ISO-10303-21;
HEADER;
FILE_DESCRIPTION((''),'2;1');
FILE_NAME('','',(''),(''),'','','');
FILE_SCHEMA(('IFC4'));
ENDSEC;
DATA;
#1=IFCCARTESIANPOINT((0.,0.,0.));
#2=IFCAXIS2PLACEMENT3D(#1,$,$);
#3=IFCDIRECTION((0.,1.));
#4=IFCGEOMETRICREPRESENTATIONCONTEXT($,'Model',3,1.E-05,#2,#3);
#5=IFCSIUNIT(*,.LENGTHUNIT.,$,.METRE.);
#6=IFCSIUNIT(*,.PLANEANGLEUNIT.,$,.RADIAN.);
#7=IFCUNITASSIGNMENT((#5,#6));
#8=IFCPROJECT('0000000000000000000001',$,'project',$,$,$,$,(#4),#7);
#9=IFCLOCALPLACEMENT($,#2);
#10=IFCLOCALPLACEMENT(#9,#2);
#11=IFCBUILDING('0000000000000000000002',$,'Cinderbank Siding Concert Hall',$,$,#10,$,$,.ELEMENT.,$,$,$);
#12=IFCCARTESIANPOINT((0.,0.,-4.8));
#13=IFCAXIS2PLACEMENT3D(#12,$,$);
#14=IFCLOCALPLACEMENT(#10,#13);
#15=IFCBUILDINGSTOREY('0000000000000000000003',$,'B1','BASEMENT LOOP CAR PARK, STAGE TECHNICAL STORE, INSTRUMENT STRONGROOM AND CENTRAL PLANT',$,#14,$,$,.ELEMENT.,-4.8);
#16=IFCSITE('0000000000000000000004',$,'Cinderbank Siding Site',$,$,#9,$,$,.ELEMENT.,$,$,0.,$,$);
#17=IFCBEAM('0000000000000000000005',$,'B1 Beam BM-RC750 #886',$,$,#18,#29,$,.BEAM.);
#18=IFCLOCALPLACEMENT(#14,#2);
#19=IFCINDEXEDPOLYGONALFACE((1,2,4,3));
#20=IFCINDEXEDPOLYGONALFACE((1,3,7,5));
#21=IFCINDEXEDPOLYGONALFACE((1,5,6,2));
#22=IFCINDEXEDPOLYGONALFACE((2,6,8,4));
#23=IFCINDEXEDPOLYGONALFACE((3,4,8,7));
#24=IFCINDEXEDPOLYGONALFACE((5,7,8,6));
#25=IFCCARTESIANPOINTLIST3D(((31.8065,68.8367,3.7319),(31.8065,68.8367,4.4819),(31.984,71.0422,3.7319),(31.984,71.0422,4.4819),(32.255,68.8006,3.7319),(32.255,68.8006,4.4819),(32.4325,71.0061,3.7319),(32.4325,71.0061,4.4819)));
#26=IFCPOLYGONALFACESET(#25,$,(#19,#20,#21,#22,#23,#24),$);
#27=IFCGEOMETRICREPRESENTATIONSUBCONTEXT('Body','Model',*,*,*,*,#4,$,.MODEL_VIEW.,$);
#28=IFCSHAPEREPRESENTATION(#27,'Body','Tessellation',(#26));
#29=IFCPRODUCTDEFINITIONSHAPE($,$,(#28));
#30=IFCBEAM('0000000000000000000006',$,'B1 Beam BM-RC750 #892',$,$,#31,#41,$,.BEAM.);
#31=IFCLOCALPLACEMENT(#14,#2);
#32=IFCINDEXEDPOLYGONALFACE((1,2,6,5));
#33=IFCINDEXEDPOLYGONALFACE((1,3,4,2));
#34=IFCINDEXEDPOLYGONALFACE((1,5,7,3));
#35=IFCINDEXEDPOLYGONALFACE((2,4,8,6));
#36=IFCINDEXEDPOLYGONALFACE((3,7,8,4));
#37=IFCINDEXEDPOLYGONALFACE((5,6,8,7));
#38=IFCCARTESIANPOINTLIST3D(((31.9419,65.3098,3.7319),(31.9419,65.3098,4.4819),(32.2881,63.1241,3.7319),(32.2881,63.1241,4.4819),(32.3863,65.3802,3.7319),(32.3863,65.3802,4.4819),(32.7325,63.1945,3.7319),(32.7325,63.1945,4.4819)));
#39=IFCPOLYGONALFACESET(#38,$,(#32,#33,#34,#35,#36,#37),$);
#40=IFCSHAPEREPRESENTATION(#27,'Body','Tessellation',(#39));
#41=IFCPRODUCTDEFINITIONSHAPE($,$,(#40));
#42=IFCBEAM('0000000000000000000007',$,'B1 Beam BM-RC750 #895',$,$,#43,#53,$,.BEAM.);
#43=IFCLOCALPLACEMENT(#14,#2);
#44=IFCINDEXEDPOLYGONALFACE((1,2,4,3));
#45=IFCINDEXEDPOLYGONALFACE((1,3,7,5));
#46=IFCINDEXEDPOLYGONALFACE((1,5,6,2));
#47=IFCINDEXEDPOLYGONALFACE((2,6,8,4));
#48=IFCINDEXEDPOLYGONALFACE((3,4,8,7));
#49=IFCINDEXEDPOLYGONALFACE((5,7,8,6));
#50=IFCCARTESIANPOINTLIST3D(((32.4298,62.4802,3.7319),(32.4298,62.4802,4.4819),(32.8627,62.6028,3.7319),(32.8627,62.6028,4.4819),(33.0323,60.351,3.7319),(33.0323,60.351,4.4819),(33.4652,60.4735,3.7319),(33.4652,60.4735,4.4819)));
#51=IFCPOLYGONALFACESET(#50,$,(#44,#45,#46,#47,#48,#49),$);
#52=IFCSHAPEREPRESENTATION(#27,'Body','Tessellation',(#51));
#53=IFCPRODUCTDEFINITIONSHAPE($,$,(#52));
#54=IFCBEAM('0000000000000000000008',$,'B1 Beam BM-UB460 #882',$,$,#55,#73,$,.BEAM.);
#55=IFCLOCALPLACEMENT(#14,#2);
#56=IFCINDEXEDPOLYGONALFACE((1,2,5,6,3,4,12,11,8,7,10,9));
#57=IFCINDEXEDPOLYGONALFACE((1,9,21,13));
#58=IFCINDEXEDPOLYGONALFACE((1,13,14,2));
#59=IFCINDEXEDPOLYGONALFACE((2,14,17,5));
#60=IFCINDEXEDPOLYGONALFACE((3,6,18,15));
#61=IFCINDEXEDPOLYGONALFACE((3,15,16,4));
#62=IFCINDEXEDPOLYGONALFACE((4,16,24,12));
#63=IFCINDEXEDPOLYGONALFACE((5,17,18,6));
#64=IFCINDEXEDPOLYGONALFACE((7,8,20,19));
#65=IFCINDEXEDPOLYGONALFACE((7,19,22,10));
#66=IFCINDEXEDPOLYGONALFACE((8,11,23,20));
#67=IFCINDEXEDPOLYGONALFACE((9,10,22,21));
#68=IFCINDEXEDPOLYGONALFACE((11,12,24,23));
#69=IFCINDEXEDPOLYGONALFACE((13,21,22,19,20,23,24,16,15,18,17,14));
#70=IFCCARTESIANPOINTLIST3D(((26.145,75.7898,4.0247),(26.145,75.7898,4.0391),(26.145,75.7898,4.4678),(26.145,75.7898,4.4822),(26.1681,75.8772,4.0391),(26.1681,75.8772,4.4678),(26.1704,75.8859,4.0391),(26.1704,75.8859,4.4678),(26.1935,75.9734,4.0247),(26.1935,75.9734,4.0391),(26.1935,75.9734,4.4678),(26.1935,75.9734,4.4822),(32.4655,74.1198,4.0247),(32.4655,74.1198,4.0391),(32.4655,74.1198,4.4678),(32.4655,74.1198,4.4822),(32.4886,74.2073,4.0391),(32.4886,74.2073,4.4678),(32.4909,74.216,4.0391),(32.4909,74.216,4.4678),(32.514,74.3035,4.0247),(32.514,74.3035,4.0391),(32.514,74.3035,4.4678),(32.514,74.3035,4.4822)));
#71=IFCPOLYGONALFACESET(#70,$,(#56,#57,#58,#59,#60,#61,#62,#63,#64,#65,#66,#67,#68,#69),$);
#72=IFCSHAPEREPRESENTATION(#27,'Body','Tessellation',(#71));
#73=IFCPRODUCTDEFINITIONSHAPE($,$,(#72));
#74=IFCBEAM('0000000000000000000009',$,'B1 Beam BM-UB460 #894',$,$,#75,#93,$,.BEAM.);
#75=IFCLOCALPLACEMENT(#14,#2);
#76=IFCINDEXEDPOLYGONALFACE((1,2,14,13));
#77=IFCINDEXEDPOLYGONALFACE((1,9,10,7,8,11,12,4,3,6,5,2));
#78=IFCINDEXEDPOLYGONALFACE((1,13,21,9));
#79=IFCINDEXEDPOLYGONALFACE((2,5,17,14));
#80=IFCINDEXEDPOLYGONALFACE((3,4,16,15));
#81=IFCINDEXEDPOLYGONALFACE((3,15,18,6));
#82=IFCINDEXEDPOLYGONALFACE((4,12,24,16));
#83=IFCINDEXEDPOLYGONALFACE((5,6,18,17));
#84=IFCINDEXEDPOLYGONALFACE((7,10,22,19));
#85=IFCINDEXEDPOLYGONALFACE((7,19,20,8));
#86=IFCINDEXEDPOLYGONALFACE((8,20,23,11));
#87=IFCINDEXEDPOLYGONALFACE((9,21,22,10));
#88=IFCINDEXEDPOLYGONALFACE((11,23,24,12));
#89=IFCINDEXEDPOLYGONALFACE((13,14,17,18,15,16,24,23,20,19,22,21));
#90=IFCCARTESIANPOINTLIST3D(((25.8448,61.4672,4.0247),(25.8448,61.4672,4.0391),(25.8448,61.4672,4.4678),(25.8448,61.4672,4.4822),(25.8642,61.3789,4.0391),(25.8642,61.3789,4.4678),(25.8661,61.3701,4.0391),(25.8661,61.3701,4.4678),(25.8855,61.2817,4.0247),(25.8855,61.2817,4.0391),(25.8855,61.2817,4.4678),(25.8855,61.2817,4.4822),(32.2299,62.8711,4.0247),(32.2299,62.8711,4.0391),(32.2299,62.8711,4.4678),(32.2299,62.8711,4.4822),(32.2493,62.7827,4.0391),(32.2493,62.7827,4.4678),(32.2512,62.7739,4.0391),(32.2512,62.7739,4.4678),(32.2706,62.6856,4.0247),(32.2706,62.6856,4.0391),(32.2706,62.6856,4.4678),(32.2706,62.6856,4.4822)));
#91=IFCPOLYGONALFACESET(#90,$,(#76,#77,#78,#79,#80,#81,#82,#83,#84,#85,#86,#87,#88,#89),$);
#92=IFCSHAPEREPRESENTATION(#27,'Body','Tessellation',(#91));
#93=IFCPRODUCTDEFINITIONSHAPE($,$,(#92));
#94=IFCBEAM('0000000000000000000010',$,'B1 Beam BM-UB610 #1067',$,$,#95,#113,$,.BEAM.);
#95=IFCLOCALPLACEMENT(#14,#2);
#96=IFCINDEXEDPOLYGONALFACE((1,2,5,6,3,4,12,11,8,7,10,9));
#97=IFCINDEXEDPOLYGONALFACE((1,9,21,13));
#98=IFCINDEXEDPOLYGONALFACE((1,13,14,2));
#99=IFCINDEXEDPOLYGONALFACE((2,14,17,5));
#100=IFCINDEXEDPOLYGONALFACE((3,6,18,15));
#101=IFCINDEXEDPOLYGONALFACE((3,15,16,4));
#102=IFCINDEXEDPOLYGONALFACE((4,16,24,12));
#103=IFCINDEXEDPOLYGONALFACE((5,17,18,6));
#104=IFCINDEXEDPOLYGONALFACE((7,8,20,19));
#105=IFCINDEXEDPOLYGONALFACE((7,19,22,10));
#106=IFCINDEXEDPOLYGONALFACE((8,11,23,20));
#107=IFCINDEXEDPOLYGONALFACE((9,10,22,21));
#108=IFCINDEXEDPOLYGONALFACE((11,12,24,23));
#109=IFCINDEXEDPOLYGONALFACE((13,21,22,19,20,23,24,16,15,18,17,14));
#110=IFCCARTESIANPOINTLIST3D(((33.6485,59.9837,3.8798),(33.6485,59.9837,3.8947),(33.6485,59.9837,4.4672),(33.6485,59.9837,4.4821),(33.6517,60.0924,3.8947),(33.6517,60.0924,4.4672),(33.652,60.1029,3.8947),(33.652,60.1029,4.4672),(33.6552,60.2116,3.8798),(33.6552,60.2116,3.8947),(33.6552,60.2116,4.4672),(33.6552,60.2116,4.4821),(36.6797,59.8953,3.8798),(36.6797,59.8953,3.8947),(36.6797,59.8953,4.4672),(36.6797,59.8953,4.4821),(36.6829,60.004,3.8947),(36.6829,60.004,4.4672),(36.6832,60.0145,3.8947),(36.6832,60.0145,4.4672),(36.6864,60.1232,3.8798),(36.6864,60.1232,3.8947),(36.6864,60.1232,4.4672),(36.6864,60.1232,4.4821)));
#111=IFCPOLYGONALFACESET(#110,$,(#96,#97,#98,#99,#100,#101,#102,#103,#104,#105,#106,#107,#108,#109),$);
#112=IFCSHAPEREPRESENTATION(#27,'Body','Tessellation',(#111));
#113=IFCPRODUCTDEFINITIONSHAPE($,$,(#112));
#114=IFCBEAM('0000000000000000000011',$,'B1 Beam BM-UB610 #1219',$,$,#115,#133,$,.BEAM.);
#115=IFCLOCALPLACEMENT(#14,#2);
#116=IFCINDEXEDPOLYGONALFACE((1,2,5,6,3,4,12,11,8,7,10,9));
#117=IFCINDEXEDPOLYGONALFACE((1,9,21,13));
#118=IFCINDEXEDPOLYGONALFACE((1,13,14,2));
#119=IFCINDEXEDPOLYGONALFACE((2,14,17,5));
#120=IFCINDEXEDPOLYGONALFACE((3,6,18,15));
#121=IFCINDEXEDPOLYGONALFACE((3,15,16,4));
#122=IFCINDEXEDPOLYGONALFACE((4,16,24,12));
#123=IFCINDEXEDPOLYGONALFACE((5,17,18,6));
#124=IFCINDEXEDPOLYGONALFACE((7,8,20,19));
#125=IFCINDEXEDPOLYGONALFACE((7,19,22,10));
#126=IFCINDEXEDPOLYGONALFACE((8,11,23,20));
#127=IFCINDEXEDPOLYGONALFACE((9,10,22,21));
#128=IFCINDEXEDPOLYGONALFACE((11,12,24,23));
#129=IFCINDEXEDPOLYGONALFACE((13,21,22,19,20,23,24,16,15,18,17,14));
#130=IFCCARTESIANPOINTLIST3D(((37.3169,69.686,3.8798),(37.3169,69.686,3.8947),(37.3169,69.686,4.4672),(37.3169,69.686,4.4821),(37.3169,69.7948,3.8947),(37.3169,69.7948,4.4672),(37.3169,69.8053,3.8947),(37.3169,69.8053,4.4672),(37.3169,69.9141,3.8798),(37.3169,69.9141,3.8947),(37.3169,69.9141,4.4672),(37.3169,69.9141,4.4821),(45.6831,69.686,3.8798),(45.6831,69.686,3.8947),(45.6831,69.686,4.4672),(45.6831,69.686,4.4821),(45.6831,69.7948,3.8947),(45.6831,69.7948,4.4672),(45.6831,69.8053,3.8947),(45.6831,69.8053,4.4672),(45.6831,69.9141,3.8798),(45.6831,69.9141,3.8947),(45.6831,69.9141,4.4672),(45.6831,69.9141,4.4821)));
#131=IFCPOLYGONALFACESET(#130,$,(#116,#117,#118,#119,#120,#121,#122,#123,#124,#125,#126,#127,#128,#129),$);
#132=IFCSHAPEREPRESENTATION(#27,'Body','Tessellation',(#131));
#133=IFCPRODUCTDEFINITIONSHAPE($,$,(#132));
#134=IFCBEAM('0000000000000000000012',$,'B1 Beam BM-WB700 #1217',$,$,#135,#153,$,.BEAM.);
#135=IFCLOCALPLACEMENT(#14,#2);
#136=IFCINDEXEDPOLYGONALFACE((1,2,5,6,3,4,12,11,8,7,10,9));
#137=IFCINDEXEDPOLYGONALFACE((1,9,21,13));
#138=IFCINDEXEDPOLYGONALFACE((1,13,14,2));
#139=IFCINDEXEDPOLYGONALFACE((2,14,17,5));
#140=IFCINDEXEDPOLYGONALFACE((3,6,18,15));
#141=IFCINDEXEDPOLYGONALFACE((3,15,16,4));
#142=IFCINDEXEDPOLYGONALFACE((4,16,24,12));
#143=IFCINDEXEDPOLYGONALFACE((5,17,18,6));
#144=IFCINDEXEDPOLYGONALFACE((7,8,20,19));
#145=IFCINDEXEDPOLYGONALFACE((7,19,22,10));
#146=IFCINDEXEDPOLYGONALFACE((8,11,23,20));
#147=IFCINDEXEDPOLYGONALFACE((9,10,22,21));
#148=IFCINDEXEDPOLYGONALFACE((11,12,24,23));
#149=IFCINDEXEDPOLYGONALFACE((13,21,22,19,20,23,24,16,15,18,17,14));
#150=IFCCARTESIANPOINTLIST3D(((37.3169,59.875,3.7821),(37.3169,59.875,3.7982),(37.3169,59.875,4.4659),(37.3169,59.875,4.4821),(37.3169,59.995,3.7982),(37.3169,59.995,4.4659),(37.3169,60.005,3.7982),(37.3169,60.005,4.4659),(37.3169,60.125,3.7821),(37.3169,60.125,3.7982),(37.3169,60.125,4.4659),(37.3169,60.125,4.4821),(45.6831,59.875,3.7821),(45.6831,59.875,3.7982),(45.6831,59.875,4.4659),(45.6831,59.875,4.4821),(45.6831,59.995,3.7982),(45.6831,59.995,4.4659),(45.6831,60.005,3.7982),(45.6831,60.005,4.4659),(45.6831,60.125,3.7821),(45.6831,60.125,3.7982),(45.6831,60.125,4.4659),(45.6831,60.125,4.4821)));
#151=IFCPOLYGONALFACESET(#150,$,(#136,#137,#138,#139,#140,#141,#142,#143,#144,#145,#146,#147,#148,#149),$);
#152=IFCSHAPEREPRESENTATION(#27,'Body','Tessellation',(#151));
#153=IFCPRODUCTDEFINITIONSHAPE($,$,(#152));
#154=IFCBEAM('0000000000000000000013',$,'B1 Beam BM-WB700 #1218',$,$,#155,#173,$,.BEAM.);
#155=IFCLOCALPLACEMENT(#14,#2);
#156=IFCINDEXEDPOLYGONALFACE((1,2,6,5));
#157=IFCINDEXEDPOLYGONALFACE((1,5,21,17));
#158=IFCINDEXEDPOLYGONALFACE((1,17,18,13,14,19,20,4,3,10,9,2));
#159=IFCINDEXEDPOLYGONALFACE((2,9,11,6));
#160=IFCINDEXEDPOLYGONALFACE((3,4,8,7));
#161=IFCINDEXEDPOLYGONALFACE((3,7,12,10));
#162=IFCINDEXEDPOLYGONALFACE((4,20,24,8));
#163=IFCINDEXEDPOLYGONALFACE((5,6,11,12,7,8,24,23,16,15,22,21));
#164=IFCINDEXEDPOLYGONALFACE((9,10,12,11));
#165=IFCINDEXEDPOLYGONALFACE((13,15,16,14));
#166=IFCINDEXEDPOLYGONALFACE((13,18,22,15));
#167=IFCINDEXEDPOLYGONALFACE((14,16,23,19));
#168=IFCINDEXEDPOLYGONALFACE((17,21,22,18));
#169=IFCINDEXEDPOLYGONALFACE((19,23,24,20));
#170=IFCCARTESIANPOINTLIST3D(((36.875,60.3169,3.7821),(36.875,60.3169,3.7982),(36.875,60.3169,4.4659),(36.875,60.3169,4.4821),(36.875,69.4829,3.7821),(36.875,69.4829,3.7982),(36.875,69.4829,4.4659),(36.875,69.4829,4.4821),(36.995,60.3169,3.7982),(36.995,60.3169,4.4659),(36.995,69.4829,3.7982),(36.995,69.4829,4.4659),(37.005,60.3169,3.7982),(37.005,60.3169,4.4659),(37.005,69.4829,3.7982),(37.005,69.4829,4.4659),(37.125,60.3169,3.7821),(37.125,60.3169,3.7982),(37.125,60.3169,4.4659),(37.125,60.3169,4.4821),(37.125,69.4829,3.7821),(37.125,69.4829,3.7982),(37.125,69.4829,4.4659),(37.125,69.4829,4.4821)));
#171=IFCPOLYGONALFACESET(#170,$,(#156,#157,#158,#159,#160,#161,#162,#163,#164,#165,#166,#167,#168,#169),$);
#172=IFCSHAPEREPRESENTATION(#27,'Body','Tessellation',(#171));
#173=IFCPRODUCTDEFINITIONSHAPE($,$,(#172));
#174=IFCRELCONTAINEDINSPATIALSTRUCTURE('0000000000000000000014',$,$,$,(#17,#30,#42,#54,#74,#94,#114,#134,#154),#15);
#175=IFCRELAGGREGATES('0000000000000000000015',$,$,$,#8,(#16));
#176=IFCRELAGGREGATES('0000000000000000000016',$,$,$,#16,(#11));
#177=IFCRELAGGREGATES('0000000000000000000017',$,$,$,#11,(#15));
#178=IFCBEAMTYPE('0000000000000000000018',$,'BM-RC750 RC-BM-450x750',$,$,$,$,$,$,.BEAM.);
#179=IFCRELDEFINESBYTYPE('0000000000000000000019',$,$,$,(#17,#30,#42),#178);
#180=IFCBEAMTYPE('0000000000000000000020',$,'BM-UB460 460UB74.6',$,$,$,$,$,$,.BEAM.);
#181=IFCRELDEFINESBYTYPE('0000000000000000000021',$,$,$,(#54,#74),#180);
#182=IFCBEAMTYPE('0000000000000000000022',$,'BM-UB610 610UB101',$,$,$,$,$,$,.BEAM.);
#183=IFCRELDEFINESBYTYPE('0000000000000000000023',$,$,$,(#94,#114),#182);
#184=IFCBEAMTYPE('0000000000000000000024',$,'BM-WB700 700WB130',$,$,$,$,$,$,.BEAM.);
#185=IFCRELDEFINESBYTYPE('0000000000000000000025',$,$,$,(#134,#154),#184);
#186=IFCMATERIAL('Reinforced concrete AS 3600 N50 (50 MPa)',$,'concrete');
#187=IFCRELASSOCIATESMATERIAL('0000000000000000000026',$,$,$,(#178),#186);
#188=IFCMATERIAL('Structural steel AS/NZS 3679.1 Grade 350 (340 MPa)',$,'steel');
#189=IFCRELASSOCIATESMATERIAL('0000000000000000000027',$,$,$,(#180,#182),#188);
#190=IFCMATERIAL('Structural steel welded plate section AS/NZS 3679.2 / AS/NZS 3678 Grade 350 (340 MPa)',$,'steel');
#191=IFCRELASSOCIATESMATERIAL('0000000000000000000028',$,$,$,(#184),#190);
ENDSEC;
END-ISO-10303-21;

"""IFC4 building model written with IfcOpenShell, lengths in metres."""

from ifc_helpers import new_model, si_unit, direction, frame, origin, origin_2d, place, context, subcontext, project, spatial, rectangle, i_section, extrude, material, material_profile, profile_set, type_object, element, save


model = new_model("IFC4")

# Units and contexts
model_context = context("Model", 3, precision=1e-05, world=origin(), true_north=direction((0.0, 1.0)))
body_context = subcontext(model_context, "Body", "Model", "MODEL_VIEW")
ifc_project = project(units=[si_unit("LENGTHUNIT", "METRE"), si_unit("PLANEANGLEUNIT", "RADIAN")], contexts=[model_context])

# Site, building, storey
site_placement = place(None, origin())
site = spatial("IfcSite", under=ifc_project, at=site_placement, Name="Cinderbank Siding Site", CompositionType="ELEMENT", RefElevation=0.0)
building_placement = place(site_placement, origin())
building = spatial("IfcBuilding", under=site, at=building_placement, Name="Cinderbank Siding Concert Hall", CompositionType="ELEMENT")
storey_placement = place(building_placement, frame((0.0, 0.0, -4.8)))
storey = spatial("IfcBuildingStorey", under=building, at=storey_placement, Name="B1", Description="BASEMENT LOOP CAR PARK, STAGE TECHNICAL STORE, INSTRUMENT STRONGROOM AND CENTRAL PLANT", CompositionType="ELEMENT", Elevation=-4.8)

# Shared definitions
ifc_material_1 = material(Name="Reinforced concrete AS 3600 N50 (50 MPa)", Category="concrete")

# Beams
ifc_material_profile_1 = material_profile(ifc_material_1, rectangle(XDim=0.45, YDim=0.75, at=origin_2d()), Name="RC-BM-450x750", Category="LoadBearing")
ifc_profile_set_1 = profile_set([ifc_material_profile_1], Name="Reinforced concrete AS 3600 N50 (50 MPa)")
beam_type_1 = type_object("IfcBeamType", Name="BM-RC750 RC-BM-450x750", PredefinedType="BEAM", material=ifc_profile_set_1)
beam_1_placement = place(storey_placement, frame((32.2083, 71.0242, 4.1069), z_axis=(-0.080214, -0.996778, 0.0), x_axis=(0.996778, -0.080214, 0.0)))
element("IfcBeam", 1, at=beam_1_placement, inside=storey, type_object=beam_type_1, Name="B1 Beam BM-RC750 #886", PredefinedType="BEAM", context=body_context, shape_type="SweptSolid", body=[
    extrude(rectangle(XDim=0.45, YDim=0.75, at=origin_2d()), origin(), (0.0, 0.0, 1.0), 2.2126),
])
for number, where, z_axis, x_axis, name in (
    (2, (32.1641, 65.345, 4.1069), (0.15645, -0.987686, 0.0), (0.987686, 0.15645, 0.0), "B1 Beam BM-RC750 #892"),
    (3, (32.6462, 62.5415, 4.1069), (0.272272, -0.96222, 0.0), (0.96222, 0.272272, 0.0), "B1 Beam BM-RC750 #895"),
):
    element("IfcBeam", number, at=place(storey_placement, frame(where, z_axis=z_axis, x_axis=x_axis)), inside=storey, type_object=beam_type_1, Name=name, PredefinedType="BEAM", context=body_context, shape_type="SweptSolid", body=[
        extrude(rectangle(XDim=0.45, YDim=0.75, at=origin_2d()), origin(), (0.0, 0.0, 1.0), 2.2129),
    ])
ifc_material_2 = material(Name="Structural steel AS/NZS 3679.1 Grade 350 (340 MPa)", Category="steel")
ifc_material_profile_2 = material_profile(ifc_material_2, i_section(OverallWidth=0.1899, OverallDepth=0.4575, WebThickness=0.009, FlangeThickness=0.0144, at=origin_2d()), Name="460UB74.6", Category="LoadBearing")
ifc_profile_set_2 = profile_set([ifc_material_profile_2], Name="Structural steel AS/NZS 3679.1 Grade 350 (340 MPa)")
beam_type_2 = type_object("IfcBeamType", Name="BM-UB460 460UB74.6", PredefinedType="BEAM", material=ifc_profile_set_2)
beam_2_placement = place(storey_placement, frame((32.4897, 74.2117, 4.2534), z_axis=(-0.966825, 0.25544, 0.0), x_axis=(-0.25544, -0.966825, 0.0)))
element("IfcBeam", 4, at=beam_2_placement, inside=storey, type_object=beam_type_2, Name="B1 Beam BM-UB460 #882", PredefinedType="BEAM", context=body_context, shape_type="SweptSolid", body=[
    extrude(i_section(OverallWidth=0.1899, OverallDepth=0.4575, WebThickness=0.009, FlangeThickness=0.0144, at=origin_2d()), origin(), (0.0, 0.0, 1.0), 6.5374),
])
beam_3_placement = place(storey_placement, frame((32.2502, 62.7783, 4.2534), z_axis=(-0.976673, -0.214731, 0.0), x_axis=(0.214731, -0.976673, 0.0)))
element("IfcBeam", 5, at=beam_3_placement, inside=storey, type_object=beam_type_2, Name="B1 Beam BM-UB460 #894", PredefinedType="BEAM", context=body_context, shape_type="SweptSolid", body=[
    extrude(i_section(OverallWidth=0.1899, OverallDepth=0.4575, WebThickness=0.009, FlangeThickness=0.0144, at=origin_2d()), origin(), (0.0, 0.0, 1.0), 6.5376),
])
ifc_material_profile_3 = material_profile(ifc_material_2, i_section(OverallWidth=0.228, OverallDepth=0.6023, WebThickness=0.0105, FlangeThickness=0.0149, at=origin_2d()), Name="610UB101", Category="LoadBearing")
ifc_profile_set_3 = profile_set([ifc_material_profile_3], Name="Structural steel AS/NZS 3679.1 Grade 350 (340 MPa)")
beam_type_3 = type_object("IfcBeamType", Name="BM-UB610 610UB101", PredefinedType="BEAM", material=ifc_profile_set_3)
beam_4_placement = place(storey_placement, frame((33.6519, 60.0977, 4.1809), z_axis=(0.999575, -0.029144, 0.0), x_axis=(0.029144, 0.999575, 0.0)))
element("IfcBeam", 6, at=beam_4_placement, inside=storey, type_object=beam_type_3, Name="B1 Beam BM-UB610 #1067", PredefinedType="BEAM", context=body_context, shape_type="SweptSolid", body=[
    extrude(i_section(OverallWidth=0.228, OverallDepth=0.6023, WebThickness=0.0105, FlangeThickness=0.0149, at=origin_2d()), origin(), (0.0, 0.0, 1.0), 3.0325),
])
beam_5_placement = place(storey_placement, frame((37.3169, 69.8, 4.1809), z_axis=(1.0, 0.0, 0.0), x_axis=(0.0, 1.0, 0.0)))
element("IfcBeam", 7, at=beam_5_placement, inside=storey, type_object=beam_type_3, Name="B1 Beam BM-UB610 #1219", PredefinedType="BEAM", context=body_context, shape_type="SweptSolid", body=[
    extrude(i_section(OverallWidth=0.228, OverallDepth=0.6023, WebThickness=0.0105, FlangeThickness=0.0149, at=origin_2d()), origin(), (0.0, 0.0, 1.0), 8.3662),
])
ifc_material_3 = material(Name="Structural steel welded plate section AS/NZS 3679.2 / AS/NZS 3678 Grade 350 (340 MPa)", Category="steel")
ifc_material_profile_4 = material_profile(ifc_material_3, i_section(OverallWidth=0.25, OverallDepth=0.7, WebThickness=0.01, FlangeThickness=0.0161, at=origin_2d()), Name="700WB130", Category="LoadBearing")
ifc_profile_set_4 = profile_set([ifc_material_profile_4], Name="Structural steel welded plate section AS/NZS 3679.2 / AS/NZS 3678 Grade 350 (340 MPa)")
beam_type_4 = type_object("IfcBeamType", Name="BM-WB700 700WB130", PredefinedType="BEAM", material=ifc_profile_set_4)
beam_6_placement = place(storey_placement, frame((37.3169, 60.0, 4.1321), z_axis=(1.0, 0.0, 0.0), x_axis=(0.0, 1.0, 0.0)))
element("IfcBeam", 8, at=beam_6_placement, inside=storey, type_object=beam_type_4, Name="B1 Beam BM-WB700 #1217", PredefinedType="BEAM", context=body_context, shape_type="SweptSolid", body=[
    extrude(i_section(OverallWidth=0.25, OverallDepth=0.7, WebThickness=0.01, FlangeThickness=0.0161, at=origin_2d()), origin(), (0.0, 0.0, 1.0), 8.3662),
])
beam_7_placement = place(storey_placement, frame((37.0, 60.3169, 4.1321), z_axis=(0.0, 1.0, 0.0), x_axis=(-1.0, 0.0, 0.0)))
element("IfcBeam", 9, at=beam_7_placement, inside=storey, type_object=beam_type_4, Name="B1 Beam BM-WB700 #1218", PredefinedType="BEAM", context=body_context, shape_type="SweptSolid", body=[
    extrude(i_section(OverallWidth=0.25, OverallDepth=0.7, WebThickness=0.01, FlangeThickness=0.0161, at=origin_2d()), origin(), (0.0, 0.0, 1.0), 9.166),
])

save(model, "model.ifc")
